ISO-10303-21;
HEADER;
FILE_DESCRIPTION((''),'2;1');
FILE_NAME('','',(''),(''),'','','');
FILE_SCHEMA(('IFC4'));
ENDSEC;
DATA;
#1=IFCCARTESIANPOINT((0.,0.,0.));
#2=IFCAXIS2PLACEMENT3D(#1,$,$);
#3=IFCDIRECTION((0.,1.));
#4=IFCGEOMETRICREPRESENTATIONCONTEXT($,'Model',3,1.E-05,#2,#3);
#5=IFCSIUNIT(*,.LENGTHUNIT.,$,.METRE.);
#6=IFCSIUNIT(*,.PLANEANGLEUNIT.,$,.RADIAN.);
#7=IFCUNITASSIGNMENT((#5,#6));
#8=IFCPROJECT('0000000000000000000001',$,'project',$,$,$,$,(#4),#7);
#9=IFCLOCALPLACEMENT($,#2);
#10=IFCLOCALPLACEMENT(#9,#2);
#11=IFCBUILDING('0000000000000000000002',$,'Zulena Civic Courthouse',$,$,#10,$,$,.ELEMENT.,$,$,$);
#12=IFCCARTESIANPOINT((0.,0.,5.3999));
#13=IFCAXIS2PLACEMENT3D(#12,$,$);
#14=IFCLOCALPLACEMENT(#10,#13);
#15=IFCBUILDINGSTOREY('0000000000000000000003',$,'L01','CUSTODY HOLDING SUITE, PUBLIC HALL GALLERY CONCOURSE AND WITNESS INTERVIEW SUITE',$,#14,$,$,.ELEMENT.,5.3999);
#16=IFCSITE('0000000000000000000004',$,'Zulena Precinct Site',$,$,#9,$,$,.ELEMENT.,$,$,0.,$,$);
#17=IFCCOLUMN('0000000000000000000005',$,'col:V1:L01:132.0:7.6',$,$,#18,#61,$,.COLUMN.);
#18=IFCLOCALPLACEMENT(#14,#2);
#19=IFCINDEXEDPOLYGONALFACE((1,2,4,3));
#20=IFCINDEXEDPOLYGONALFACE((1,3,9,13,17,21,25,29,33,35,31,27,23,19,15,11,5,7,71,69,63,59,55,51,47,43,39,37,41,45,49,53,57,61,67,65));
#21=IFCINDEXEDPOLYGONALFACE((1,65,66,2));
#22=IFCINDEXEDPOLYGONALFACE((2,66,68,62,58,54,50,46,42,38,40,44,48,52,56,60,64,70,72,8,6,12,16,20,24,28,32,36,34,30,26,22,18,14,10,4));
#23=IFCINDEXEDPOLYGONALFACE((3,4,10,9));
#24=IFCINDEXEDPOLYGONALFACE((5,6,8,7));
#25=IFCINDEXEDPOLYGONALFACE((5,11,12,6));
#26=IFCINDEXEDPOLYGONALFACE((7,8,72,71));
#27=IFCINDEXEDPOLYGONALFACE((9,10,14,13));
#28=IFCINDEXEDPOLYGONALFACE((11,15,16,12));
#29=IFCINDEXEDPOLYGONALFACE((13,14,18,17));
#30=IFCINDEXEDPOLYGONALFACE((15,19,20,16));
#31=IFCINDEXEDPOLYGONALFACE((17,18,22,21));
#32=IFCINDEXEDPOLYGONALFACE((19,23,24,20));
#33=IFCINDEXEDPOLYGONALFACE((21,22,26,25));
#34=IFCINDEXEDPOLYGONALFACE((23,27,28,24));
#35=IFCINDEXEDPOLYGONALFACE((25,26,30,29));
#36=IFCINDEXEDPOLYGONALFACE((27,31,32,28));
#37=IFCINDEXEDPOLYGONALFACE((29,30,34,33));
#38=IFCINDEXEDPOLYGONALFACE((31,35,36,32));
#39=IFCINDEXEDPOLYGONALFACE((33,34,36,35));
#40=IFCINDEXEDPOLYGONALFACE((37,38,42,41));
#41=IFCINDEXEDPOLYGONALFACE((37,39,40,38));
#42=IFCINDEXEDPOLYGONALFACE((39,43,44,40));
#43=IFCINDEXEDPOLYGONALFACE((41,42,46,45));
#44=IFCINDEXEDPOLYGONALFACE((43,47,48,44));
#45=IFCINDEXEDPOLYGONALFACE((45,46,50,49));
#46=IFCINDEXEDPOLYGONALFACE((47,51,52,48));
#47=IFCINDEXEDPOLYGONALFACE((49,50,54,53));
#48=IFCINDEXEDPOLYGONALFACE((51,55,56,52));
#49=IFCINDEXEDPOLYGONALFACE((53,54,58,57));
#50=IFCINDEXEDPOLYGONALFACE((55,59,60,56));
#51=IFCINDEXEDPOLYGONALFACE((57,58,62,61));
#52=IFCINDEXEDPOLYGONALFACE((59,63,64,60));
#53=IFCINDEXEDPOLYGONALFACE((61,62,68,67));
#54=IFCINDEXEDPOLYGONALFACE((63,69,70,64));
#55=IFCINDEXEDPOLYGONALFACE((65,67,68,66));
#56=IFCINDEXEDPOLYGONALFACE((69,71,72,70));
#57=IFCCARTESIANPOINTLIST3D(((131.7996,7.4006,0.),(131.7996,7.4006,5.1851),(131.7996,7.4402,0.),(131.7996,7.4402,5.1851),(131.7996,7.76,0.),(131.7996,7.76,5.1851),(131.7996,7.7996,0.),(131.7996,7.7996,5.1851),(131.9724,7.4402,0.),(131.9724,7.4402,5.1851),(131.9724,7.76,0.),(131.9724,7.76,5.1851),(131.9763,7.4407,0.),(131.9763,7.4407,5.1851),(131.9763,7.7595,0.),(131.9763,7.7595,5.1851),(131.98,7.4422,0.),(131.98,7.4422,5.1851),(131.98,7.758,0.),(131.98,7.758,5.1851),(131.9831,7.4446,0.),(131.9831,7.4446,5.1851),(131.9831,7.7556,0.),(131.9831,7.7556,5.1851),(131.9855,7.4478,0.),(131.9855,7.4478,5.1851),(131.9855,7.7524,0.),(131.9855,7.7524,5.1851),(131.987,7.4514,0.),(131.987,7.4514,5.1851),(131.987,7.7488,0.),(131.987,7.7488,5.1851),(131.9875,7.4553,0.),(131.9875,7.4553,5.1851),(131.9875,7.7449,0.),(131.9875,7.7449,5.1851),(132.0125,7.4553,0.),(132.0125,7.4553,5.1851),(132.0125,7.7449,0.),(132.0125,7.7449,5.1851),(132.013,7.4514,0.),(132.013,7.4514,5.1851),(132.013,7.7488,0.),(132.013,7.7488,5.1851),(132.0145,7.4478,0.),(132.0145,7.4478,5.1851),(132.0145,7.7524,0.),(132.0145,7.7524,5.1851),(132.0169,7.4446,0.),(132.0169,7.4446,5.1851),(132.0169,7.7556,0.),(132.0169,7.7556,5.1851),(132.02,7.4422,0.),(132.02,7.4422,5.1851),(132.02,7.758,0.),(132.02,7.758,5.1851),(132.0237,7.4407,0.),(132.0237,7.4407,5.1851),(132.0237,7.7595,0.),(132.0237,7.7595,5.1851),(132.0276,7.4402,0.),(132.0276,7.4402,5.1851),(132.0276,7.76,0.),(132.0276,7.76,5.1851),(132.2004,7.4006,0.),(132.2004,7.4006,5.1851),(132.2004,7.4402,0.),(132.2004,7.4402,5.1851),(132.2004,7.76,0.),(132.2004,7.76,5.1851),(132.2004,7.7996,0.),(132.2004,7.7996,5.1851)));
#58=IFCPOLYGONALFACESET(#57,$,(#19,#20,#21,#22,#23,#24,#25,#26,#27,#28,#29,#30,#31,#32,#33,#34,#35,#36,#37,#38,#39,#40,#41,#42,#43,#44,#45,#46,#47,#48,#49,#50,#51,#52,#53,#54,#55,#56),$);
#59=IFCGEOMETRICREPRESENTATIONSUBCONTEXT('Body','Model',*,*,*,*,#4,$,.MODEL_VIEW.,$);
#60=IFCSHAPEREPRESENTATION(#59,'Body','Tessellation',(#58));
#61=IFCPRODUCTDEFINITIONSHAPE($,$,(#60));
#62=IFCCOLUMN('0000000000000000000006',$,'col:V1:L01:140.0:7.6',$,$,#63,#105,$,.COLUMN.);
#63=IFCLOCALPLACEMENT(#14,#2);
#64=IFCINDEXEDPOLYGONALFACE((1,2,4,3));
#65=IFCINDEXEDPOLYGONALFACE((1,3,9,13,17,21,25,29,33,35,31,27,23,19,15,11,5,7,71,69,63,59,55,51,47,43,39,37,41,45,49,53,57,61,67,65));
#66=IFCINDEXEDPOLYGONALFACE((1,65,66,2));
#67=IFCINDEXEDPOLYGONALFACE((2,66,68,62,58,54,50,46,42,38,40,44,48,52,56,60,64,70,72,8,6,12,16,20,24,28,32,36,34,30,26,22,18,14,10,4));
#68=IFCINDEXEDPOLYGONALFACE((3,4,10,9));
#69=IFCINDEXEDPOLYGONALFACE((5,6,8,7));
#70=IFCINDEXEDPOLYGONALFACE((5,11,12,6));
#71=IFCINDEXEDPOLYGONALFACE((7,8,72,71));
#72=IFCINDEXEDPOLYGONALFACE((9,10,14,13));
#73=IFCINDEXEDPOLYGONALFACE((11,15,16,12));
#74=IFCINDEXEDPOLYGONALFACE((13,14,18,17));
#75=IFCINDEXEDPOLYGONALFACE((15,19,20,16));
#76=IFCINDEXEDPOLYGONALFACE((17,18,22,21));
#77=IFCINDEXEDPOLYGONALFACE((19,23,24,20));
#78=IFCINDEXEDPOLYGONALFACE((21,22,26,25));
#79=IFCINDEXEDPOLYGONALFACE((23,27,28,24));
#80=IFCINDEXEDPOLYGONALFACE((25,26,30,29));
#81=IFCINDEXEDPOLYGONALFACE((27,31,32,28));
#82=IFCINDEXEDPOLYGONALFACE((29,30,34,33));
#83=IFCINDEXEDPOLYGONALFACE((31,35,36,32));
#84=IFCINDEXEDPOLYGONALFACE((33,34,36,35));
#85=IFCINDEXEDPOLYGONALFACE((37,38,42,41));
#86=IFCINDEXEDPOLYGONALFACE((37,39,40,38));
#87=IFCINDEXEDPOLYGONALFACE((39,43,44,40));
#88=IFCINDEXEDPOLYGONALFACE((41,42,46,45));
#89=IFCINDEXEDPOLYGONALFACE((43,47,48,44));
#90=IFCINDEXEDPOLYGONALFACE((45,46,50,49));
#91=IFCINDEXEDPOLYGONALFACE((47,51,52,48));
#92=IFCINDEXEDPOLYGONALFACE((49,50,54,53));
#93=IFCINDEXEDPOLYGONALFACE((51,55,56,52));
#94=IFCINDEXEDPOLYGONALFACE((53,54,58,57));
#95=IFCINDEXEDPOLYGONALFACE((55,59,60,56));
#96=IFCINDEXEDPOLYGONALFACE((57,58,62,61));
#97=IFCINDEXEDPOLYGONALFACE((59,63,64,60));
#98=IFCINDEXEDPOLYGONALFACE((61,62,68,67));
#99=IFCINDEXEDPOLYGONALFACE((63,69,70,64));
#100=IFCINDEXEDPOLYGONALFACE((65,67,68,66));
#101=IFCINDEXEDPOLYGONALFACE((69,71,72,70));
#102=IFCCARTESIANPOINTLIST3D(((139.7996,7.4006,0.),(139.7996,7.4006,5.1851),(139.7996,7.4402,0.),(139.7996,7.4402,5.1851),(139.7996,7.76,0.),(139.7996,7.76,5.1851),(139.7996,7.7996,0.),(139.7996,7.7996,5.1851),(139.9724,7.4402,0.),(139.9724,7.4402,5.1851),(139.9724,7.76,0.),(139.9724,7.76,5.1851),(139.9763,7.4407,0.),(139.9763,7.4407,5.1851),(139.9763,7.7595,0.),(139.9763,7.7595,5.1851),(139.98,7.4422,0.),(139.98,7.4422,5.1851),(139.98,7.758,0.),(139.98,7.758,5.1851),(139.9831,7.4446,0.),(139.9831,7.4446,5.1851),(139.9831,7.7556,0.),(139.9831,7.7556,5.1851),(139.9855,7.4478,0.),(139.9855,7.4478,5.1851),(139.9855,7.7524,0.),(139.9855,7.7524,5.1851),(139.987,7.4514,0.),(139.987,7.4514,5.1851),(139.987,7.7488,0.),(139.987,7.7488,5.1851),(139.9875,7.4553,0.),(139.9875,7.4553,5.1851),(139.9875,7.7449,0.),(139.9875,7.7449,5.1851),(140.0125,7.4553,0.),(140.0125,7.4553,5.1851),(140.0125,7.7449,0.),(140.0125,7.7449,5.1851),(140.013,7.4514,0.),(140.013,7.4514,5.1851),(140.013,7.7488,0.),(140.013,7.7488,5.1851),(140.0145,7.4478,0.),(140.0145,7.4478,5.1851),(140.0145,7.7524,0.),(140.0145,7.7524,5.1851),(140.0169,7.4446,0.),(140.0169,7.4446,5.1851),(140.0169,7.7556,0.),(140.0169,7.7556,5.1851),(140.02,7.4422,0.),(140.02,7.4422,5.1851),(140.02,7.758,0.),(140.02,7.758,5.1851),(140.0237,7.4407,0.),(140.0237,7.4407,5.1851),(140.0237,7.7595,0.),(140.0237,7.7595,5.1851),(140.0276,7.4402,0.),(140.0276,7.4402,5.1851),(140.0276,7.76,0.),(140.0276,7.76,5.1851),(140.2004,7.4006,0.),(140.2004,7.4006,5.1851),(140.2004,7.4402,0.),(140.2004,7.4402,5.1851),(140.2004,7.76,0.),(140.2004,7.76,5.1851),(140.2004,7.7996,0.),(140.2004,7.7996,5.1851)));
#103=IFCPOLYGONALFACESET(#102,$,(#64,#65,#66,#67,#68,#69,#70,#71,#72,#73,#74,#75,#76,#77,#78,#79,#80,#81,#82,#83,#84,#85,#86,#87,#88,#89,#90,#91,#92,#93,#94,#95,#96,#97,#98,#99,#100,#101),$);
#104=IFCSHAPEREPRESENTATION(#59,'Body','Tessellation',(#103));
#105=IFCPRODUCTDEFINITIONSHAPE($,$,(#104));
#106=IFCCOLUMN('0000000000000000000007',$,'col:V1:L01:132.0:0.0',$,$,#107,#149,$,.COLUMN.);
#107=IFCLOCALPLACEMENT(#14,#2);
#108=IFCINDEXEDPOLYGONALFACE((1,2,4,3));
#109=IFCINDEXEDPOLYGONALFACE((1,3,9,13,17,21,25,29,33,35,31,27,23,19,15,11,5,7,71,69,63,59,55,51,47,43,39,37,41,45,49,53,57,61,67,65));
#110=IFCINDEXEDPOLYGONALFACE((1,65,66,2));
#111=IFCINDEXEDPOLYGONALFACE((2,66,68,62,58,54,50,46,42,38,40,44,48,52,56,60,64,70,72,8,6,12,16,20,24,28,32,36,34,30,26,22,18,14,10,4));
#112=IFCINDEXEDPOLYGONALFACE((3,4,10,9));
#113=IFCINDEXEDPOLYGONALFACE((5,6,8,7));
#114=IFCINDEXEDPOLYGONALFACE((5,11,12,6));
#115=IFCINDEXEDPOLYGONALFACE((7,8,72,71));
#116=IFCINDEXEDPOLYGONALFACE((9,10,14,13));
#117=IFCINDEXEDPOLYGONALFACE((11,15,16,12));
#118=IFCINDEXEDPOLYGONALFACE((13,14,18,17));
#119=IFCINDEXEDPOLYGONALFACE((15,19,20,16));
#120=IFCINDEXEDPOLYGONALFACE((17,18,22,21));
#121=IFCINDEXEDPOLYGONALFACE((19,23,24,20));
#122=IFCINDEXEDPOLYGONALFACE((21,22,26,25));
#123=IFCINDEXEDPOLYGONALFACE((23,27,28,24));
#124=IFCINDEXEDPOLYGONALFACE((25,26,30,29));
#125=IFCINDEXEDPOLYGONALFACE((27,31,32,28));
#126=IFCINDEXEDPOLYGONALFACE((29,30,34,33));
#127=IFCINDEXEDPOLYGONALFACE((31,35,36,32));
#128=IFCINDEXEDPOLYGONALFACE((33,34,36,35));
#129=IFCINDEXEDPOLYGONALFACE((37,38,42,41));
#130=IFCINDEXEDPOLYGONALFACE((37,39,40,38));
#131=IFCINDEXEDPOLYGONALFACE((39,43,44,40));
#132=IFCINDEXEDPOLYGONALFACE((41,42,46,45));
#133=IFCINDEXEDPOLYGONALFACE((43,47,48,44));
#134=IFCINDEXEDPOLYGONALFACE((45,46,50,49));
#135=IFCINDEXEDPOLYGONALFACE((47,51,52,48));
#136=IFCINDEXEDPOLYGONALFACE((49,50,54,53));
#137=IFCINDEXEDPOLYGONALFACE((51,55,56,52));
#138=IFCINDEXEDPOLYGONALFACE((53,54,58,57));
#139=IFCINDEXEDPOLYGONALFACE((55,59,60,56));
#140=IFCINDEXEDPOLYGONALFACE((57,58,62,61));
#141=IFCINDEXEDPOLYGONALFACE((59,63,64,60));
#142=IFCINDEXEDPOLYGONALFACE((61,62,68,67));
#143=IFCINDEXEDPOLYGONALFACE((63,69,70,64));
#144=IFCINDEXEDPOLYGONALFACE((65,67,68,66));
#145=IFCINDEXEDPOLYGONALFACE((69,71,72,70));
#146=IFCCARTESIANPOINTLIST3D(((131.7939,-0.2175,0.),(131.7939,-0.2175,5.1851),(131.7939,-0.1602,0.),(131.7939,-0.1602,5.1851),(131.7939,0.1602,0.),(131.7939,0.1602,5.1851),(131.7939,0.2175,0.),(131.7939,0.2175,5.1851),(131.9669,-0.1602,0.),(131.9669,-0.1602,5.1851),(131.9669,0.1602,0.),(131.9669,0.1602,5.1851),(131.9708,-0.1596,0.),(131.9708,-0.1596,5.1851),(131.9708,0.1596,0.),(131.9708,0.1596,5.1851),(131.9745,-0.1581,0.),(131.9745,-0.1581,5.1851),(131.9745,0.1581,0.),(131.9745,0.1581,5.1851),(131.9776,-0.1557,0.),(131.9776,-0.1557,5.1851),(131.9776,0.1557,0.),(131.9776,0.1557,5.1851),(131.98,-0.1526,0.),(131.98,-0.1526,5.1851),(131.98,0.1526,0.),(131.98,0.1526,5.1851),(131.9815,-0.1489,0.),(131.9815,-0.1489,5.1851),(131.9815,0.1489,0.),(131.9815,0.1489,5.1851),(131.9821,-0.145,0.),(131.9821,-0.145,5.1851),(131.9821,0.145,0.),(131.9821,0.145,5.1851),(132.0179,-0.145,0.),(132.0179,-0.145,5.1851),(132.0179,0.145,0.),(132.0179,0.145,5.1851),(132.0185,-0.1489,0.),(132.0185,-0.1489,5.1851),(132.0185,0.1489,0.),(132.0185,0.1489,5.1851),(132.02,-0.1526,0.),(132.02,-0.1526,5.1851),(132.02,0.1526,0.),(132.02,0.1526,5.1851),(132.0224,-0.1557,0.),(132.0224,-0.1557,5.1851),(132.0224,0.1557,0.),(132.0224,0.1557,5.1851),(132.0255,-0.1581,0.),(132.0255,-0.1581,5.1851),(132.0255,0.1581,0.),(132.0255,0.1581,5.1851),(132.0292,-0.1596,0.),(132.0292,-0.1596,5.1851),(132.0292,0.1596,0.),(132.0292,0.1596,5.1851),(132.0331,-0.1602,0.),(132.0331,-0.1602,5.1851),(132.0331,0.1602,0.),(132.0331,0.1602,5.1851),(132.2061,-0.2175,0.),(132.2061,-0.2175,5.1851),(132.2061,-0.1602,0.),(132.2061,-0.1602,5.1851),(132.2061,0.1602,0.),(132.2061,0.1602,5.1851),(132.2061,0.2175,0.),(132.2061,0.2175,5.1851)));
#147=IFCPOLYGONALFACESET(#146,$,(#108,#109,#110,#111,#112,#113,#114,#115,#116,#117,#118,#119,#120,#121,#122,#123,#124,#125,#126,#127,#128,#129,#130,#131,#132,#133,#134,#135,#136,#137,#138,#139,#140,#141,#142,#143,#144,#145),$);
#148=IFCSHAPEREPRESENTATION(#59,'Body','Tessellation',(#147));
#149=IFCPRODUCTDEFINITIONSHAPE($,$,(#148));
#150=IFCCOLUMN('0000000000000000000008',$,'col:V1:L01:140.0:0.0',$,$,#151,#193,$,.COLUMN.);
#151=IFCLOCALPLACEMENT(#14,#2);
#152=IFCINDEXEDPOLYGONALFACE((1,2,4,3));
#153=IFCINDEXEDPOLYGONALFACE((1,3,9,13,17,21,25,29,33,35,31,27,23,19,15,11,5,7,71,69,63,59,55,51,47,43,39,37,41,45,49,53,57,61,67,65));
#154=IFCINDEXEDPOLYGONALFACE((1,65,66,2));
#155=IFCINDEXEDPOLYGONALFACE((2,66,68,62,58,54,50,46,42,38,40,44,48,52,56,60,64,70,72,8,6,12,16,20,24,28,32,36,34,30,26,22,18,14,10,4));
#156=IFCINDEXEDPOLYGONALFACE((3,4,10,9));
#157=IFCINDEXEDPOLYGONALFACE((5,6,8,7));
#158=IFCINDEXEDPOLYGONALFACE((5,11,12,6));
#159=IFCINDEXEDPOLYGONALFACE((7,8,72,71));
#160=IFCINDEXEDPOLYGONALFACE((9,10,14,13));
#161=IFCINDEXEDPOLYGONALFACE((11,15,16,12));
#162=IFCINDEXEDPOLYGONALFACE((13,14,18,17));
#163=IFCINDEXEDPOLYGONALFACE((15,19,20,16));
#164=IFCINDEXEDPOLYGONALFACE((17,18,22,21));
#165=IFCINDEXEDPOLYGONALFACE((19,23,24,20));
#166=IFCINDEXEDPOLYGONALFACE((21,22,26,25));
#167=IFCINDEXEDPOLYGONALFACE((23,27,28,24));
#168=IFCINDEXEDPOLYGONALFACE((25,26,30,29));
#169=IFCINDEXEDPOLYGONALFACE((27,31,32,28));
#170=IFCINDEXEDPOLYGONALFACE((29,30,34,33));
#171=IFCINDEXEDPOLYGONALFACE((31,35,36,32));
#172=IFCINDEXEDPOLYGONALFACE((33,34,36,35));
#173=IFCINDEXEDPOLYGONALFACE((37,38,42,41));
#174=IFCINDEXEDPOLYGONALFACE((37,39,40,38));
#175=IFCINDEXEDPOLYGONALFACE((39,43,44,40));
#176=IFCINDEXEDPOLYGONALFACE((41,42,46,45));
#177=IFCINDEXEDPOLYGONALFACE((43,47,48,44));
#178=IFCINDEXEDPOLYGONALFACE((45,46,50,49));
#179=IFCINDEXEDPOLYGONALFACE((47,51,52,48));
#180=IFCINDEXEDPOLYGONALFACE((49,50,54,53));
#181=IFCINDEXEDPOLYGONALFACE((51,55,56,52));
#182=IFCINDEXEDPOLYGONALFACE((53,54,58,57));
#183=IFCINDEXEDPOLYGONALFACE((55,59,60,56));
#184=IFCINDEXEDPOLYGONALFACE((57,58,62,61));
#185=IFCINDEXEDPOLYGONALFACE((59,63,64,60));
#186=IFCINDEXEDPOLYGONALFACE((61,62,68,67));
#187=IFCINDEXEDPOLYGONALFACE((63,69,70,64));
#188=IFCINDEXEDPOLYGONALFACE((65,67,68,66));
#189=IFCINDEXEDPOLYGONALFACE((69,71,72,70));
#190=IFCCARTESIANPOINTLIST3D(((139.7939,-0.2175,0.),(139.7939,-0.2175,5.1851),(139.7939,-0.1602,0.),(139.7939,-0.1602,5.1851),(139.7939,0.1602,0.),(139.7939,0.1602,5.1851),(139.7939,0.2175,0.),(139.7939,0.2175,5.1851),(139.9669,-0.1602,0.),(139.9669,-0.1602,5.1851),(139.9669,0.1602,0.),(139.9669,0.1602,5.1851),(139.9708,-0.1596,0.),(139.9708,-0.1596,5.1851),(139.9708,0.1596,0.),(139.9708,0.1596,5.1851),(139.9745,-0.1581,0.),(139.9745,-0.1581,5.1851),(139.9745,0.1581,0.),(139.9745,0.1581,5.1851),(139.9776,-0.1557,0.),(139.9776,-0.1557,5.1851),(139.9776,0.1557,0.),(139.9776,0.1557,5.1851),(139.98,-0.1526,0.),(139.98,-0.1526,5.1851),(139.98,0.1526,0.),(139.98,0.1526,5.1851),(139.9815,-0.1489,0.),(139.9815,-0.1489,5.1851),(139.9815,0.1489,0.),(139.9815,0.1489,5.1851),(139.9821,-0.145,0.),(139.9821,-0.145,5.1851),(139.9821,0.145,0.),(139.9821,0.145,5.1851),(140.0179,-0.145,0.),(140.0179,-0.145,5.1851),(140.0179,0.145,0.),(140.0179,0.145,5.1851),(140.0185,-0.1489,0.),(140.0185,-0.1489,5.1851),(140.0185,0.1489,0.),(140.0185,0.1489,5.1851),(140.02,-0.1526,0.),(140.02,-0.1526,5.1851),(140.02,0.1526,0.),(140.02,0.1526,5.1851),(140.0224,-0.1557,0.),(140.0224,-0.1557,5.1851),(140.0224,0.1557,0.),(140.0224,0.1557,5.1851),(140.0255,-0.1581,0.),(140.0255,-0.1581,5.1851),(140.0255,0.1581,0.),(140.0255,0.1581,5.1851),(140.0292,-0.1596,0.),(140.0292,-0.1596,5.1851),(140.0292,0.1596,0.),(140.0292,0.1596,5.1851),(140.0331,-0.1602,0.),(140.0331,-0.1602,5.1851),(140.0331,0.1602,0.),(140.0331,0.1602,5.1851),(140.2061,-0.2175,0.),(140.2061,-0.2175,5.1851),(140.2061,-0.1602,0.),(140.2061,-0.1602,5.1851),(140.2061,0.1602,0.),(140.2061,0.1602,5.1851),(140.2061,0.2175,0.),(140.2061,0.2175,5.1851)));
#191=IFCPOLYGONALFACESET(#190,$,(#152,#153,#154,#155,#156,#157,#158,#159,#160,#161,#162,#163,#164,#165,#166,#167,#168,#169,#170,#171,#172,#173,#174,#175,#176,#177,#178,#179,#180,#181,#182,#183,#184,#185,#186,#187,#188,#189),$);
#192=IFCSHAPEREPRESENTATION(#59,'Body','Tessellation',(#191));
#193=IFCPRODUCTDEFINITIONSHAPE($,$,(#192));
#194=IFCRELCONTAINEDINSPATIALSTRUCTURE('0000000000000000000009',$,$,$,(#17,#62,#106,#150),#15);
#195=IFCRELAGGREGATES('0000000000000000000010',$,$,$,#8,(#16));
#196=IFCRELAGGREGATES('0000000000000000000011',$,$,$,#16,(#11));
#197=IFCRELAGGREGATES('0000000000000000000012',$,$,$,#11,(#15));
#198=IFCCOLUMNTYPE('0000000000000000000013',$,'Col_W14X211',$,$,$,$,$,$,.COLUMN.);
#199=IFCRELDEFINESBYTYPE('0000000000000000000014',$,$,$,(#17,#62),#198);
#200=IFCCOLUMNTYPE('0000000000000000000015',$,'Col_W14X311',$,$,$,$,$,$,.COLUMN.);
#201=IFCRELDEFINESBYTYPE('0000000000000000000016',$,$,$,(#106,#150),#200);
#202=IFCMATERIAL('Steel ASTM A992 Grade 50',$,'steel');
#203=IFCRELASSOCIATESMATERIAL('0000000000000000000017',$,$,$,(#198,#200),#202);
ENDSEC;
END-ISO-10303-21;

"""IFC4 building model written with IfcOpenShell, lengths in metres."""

from ifc_helpers import new_model, si_unit, direction, frame, origin, origin_2d, place, context, subcontext, project, spatial, i_section, extrude, material, material_profile, profile_set, type_object, element, save


model = new_model("IFC4")

# Units and contexts
model_context = context("Model", 3, precision=1e-05, world=origin(), true_north=direction((0.0, 1.0)))
body_context = subcontext(model_context, "Body", "Model", "MODEL_VIEW")
ifc_project = project(units=[si_unit("LENGTHUNIT", "METRE"), si_unit("PLANEANGLEUNIT", "RADIAN")], contexts=[model_context])

# Site, building, storey
site_placement = place(None, origin())
site = spatial("IfcSite", under=ifc_project, at=site_placement, Name="Zulena Precinct Site", CompositionType="ELEMENT", RefElevation=0.0)
building_placement = place(site_placement, origin())
building = spatial("IfcBuilding", under=site, at=building_placement, Name="Zulena Civic Courthouse", CompositionType="ELEMENT")
storey_placement = place(building_placement, frame((0.0, 0.0, 5.3999)))
storey = spatial("IfcBuildingStorey", under=building, at=storey_placement, Name="L01", Description="CUSTODY HOLDING SUITE, PUBLIC HALL GALLERY CONCOURSE AND WITNESS INTERVIEW SUITE", CompositionType="ELEMENT", Elevation=5.3999)

# Columns
ifc_material_1 = material(Name="Steel ASTM A992 Grade 50", Category="steel")
ifc_material_profile_1 = material_profile(ifc_material_1, i_section(OverallWidth=0.4009, OverallDepth=0.3989, WebThickness=0.0249, FlangeThickness=0.0396, FilletRadius=0.0151, at=origin_2d()), Name="W14X211")
ifc_profile_set_1 = profile_set([ifc_material_profile_1], Name="Steel ASTM A992 Grade 50")
column_type_1 = type_object("IfcColumnType", Name="Col_W14X211", PredefinedType="COLUMN", material=ifc_profile_set_1)
for number, where, z_axis, x_axis, name in (
    (1, (132.0, 7.6001, 0.0), (0.0, 0.0, 1.0), (1.0, 0.0, 0.0), "col:V1:L01:132.0:7.6"),
    (2, (140.0, 7.6001, 0.0), (0.0, 0.0, 1.0), (1.0, 0.0, 0.0), "col:V1:L01:140.0:7.6"),
):
    element("IfcColumn", number, at=place(storey_placement, frame(where, z_axis=z_axis, x_axis=x_axis)), inside=storey, type_object=column_type_1, Name=name, PredefinedType="COLUMN", context=body_context, shape_type="SweptSolid", body=[
        extrude(i_section(OverallWidth=0.4009, OverallDepth=0.3989, WebThickness=0.0249, FlangeThickness=0.0396, FilletRadius=0.0151, at=origin_2d()), origin(), (0.0, 0.0, 1.0), 5.1851),
    ])
ifc_material_profile_2 = material_profile(ifc_material_1, i_section(OverallWidth=0.4121, OverallDepth=0.4351, WebThickness=0.0359, FlangeThickness=0.0574, FilletRadius=0.0151, at=origin_2d()), Name="W14X311")
ifc_profile_set_2 = profile_set([ifc_material_profile_2], Name="Steel ASTM A992 Grade 50")
column_type_2 = type_object("IfcColumnType", Name="Col_W14X311", PredefinedType="COLUMN", material=ifc_profile_set_2)
for number, where, z_axis, x_axis, name in (
    (3, (132.0, 0.0, 0.0), (0.0, 0.0, 1.0), (1.0, 0.0, 0.0), "col:V1:L01:132.0:0.0"),
    (4, (140.0, 0.0, 0.0), (0.0, 0.0, 1.0), (1.0, 0.0, 0.0), "col:V1:L01:140.0:0.0"),
):
    element("IfcColumn", number, at=place(storey_placement, frame(where, z_axis=z_axis, x_axis=x_axis)), inside=storey, type_object=column_type_2, Name=name, PredefinedType="COLUMN", context=body_context, shape_type="SweptSolid", body=[
        extrude(i_section(OverallWidth=0.4121, OverallDepth=0.4351, WebThickness=0.0359, FlangeThickness=0.0574, FilletRadius=0.0151, at=origin_2d()), origin(), (0.0, 0.0, 1.0), 5.1851),
    ])

save(model, "model.ifc")
